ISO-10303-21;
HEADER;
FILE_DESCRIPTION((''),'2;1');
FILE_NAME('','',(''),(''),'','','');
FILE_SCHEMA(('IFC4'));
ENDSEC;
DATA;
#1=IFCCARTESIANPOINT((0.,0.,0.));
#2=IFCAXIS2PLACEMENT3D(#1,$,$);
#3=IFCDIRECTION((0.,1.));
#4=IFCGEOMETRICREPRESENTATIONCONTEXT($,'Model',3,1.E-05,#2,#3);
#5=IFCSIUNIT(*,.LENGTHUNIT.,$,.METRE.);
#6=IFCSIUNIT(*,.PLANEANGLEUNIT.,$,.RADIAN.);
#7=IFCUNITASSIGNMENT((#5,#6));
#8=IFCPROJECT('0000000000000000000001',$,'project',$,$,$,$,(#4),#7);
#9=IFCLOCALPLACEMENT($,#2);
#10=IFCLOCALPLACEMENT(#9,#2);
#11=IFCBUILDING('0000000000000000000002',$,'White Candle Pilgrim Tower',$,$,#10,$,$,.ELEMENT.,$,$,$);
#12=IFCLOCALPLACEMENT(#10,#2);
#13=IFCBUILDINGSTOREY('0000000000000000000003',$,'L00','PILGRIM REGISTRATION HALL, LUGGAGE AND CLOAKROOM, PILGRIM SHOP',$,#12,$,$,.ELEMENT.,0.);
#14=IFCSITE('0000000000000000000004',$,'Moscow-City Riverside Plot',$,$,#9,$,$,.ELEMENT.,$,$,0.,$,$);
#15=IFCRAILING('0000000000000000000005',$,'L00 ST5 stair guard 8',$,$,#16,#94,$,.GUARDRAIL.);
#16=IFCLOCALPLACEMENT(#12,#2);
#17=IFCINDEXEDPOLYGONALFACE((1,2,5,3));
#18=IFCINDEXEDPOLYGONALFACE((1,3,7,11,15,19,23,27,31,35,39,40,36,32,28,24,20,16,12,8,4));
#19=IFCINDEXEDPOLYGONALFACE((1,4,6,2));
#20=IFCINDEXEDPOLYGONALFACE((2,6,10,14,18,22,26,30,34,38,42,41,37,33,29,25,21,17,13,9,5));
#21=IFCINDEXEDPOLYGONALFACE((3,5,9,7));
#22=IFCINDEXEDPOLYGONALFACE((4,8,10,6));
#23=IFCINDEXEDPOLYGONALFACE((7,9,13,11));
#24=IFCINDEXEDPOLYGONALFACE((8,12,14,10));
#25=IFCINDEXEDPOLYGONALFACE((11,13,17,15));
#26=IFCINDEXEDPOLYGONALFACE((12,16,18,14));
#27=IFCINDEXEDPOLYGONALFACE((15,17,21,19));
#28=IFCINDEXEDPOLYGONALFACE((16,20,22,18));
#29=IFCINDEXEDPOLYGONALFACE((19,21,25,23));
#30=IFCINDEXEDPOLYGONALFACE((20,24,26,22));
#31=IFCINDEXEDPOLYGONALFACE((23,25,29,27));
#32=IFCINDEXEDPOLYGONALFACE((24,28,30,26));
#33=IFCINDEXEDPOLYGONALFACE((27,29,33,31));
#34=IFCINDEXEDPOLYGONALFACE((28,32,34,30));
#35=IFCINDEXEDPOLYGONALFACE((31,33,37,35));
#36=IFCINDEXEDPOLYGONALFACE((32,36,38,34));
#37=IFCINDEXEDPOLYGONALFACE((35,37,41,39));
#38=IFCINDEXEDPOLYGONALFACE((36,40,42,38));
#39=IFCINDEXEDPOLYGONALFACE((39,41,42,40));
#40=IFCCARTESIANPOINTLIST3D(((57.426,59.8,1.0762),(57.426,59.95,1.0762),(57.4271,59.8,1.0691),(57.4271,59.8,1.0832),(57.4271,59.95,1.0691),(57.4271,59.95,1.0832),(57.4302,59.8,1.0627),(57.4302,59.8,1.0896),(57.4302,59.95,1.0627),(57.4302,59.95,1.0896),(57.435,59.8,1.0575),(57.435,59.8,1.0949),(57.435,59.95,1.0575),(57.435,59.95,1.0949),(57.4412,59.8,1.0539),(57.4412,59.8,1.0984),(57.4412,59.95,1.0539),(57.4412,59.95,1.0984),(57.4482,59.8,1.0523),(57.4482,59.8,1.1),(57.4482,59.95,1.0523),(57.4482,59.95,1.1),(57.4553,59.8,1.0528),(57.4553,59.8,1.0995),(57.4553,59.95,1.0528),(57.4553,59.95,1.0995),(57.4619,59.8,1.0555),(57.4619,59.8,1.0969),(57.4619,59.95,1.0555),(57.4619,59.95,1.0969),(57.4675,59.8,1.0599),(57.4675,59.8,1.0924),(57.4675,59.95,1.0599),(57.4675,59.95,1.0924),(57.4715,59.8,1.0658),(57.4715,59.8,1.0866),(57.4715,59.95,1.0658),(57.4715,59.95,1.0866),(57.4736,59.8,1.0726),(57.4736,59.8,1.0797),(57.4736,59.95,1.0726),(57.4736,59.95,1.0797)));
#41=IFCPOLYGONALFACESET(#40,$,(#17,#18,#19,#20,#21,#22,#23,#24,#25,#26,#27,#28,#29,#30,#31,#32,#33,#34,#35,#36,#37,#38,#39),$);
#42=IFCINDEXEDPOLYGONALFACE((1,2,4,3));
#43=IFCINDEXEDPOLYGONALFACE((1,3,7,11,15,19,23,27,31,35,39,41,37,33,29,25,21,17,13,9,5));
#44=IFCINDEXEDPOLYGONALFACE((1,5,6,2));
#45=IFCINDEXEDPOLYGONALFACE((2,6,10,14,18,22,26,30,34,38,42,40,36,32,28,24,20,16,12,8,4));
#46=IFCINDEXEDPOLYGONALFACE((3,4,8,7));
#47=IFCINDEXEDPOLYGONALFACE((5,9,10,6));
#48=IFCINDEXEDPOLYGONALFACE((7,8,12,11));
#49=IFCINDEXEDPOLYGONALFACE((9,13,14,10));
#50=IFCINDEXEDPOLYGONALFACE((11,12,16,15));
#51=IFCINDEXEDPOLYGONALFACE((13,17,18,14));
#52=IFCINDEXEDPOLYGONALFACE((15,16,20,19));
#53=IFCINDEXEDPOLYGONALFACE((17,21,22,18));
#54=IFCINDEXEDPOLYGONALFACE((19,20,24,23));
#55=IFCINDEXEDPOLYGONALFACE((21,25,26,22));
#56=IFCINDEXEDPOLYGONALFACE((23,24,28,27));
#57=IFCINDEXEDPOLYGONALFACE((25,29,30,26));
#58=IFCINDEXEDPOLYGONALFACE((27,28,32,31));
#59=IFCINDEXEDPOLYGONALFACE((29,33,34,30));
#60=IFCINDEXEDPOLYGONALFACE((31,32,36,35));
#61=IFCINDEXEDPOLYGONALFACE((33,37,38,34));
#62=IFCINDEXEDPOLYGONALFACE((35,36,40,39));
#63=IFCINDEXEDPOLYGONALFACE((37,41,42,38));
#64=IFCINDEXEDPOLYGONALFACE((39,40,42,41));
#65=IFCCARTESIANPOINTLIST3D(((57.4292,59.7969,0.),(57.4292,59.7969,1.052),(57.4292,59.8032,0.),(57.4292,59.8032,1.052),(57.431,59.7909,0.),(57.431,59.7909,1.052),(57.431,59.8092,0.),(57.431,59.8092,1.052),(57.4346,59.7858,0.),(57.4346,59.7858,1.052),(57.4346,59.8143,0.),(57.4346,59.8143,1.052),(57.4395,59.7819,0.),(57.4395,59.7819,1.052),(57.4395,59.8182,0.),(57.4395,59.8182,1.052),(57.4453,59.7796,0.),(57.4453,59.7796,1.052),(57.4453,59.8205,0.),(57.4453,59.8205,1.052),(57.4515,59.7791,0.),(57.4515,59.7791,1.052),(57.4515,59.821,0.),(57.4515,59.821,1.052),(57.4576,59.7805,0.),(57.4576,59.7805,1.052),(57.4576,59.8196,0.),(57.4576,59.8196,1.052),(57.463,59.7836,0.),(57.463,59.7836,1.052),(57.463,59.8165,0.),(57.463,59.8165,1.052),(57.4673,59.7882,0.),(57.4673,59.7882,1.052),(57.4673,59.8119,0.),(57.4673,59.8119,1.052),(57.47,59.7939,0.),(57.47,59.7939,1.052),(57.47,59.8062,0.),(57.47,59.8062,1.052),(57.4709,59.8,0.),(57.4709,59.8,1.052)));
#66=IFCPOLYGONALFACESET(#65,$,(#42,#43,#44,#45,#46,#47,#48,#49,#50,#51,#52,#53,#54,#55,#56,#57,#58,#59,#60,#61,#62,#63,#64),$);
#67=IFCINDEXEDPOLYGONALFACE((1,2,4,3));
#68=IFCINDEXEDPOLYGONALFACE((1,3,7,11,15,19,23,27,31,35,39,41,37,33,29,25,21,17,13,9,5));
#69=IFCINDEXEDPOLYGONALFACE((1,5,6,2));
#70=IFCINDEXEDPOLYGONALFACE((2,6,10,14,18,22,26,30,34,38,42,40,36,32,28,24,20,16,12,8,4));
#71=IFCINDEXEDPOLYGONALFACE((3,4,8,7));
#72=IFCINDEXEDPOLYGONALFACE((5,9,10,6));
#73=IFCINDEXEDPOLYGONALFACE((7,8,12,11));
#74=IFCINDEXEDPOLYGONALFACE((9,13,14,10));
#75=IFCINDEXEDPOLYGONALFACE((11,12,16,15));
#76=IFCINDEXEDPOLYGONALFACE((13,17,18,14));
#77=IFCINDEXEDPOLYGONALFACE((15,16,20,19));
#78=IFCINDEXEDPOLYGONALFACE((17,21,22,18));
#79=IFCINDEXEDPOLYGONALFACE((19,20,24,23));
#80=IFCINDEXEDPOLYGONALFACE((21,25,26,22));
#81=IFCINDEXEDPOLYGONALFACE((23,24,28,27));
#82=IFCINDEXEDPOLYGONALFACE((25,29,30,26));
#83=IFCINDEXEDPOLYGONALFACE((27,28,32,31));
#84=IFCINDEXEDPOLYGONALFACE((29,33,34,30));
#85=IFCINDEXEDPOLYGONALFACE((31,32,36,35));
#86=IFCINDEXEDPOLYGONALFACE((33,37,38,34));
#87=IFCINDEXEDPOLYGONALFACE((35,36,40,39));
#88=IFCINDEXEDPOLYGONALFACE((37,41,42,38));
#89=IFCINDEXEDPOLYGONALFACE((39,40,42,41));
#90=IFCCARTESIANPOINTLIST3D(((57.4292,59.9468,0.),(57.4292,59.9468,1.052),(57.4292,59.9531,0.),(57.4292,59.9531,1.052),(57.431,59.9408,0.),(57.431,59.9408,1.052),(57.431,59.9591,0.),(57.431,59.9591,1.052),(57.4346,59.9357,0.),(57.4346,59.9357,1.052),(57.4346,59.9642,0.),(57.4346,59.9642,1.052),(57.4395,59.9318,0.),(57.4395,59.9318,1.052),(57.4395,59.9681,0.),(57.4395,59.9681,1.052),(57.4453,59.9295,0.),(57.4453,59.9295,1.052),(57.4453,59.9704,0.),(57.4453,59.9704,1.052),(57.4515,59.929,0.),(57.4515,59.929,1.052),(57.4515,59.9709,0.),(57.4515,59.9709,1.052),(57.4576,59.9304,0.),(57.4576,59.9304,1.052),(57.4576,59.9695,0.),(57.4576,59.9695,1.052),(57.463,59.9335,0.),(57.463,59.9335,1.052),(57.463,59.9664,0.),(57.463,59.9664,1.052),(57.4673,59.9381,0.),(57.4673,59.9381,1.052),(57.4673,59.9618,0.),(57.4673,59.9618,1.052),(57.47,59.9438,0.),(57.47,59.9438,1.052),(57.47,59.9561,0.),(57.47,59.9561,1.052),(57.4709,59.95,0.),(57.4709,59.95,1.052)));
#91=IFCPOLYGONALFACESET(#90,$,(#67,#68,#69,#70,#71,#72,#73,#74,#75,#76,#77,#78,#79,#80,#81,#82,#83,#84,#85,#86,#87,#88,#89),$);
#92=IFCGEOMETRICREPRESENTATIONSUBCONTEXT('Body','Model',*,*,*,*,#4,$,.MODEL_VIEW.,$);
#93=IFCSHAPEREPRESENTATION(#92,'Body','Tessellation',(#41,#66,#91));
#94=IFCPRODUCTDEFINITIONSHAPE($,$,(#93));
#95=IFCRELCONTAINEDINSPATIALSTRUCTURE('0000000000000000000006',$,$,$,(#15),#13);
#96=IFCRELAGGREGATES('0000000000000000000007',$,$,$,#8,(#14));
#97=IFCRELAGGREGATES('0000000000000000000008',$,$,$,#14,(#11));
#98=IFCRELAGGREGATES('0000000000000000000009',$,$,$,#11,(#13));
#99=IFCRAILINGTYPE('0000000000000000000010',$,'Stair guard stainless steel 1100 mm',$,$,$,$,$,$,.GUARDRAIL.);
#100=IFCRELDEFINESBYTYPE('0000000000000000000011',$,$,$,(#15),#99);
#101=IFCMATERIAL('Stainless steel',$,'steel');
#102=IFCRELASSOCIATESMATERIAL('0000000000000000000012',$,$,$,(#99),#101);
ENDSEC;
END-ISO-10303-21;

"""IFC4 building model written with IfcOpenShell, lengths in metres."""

from ifc_helpers import new_model, si_unit, direction, frame, origin, origin_2d, place, context, subcontext, project, spatial, circle, extrude, material, type_object, element, save


model = new_model("IFC4")

# Units and contexts
model_context = context("Model", 3, precision=1e-05, world=origin(), true_north=direction((0.0, 1.0)))
body_context = subcontext(model_context, "Body", "Model", "MODEL_VIEW")
ifc_project = project(units=[si_unit("LENGTHUNIT", "METRE"), si_unit("PLANEANGLEUNIT", "RADIAN")], contexts=[model_context])

# Site, building, storey
site_placement = place(None, origin())
site = spatial("IfcSite", under=ifc_project, at=site_placement, Name="Moscow-City Riverside Plot", CompositionType="ELEMENT", RefElevation=0.0)
building_placement = place(site_placement, origin())
building = spatial("IfcBuilding", under=site, at=building_placement, Name="White Candle Pilgrim Tower", CompositionType="ELEMENT")
storey_placement = place(building_placement, origin())
storey = spatial("IfcBuildingStorey", under=building, at=storey_placement, Name="L00", Description="PILGRIM REGISTRATION HALL, LUGGAGE AND CLOAKROOM, PILGRIM SHOP", CompositionType="ELEMENT", Elevation=0.0)

# Railing
ifc_material_1 = material(Name="Stainless steel", Category="steel")
railing_type_1 = type_object("IfcRailingType", Name="Stair guard stainless steel 1100 mm", PredefinedType="GUARDRAIL", material=ifc_material_1)
railing_1_placement = place(storey_placement, frame((57.45, 59.8, 0.0)))
element("IfcRailing", 1, at=railing_1_placement, inside=storey, type_object=railing_type_1, Name="L00 ST5 stair guard 8", PredefinedType="GUARDRAIL", context=body_context, shape_type="SweptSolid", body=[
    extrude(circle(Radius=0.0239, at=origin_2d()), frame((0.0, 0.0, 1.0762), z_axis=(0.0, 1.0, 0.0), x_axis=(-1.0, 0.0, 0.0)), (0.0, 0.0, 1.0), 0.1499),
    extrude(circle(Radius=0.021, at=origin_2d()), origin(), (0.0, 0.0, 1.0), 1.052),
    extrude(circle(Radius=0.021, at=origin_2d()), frame((0.0, 0.1499, 0.0)), (0.0, 0.0, 1.0), 1.052),
])

save(model, "model.ifc")
